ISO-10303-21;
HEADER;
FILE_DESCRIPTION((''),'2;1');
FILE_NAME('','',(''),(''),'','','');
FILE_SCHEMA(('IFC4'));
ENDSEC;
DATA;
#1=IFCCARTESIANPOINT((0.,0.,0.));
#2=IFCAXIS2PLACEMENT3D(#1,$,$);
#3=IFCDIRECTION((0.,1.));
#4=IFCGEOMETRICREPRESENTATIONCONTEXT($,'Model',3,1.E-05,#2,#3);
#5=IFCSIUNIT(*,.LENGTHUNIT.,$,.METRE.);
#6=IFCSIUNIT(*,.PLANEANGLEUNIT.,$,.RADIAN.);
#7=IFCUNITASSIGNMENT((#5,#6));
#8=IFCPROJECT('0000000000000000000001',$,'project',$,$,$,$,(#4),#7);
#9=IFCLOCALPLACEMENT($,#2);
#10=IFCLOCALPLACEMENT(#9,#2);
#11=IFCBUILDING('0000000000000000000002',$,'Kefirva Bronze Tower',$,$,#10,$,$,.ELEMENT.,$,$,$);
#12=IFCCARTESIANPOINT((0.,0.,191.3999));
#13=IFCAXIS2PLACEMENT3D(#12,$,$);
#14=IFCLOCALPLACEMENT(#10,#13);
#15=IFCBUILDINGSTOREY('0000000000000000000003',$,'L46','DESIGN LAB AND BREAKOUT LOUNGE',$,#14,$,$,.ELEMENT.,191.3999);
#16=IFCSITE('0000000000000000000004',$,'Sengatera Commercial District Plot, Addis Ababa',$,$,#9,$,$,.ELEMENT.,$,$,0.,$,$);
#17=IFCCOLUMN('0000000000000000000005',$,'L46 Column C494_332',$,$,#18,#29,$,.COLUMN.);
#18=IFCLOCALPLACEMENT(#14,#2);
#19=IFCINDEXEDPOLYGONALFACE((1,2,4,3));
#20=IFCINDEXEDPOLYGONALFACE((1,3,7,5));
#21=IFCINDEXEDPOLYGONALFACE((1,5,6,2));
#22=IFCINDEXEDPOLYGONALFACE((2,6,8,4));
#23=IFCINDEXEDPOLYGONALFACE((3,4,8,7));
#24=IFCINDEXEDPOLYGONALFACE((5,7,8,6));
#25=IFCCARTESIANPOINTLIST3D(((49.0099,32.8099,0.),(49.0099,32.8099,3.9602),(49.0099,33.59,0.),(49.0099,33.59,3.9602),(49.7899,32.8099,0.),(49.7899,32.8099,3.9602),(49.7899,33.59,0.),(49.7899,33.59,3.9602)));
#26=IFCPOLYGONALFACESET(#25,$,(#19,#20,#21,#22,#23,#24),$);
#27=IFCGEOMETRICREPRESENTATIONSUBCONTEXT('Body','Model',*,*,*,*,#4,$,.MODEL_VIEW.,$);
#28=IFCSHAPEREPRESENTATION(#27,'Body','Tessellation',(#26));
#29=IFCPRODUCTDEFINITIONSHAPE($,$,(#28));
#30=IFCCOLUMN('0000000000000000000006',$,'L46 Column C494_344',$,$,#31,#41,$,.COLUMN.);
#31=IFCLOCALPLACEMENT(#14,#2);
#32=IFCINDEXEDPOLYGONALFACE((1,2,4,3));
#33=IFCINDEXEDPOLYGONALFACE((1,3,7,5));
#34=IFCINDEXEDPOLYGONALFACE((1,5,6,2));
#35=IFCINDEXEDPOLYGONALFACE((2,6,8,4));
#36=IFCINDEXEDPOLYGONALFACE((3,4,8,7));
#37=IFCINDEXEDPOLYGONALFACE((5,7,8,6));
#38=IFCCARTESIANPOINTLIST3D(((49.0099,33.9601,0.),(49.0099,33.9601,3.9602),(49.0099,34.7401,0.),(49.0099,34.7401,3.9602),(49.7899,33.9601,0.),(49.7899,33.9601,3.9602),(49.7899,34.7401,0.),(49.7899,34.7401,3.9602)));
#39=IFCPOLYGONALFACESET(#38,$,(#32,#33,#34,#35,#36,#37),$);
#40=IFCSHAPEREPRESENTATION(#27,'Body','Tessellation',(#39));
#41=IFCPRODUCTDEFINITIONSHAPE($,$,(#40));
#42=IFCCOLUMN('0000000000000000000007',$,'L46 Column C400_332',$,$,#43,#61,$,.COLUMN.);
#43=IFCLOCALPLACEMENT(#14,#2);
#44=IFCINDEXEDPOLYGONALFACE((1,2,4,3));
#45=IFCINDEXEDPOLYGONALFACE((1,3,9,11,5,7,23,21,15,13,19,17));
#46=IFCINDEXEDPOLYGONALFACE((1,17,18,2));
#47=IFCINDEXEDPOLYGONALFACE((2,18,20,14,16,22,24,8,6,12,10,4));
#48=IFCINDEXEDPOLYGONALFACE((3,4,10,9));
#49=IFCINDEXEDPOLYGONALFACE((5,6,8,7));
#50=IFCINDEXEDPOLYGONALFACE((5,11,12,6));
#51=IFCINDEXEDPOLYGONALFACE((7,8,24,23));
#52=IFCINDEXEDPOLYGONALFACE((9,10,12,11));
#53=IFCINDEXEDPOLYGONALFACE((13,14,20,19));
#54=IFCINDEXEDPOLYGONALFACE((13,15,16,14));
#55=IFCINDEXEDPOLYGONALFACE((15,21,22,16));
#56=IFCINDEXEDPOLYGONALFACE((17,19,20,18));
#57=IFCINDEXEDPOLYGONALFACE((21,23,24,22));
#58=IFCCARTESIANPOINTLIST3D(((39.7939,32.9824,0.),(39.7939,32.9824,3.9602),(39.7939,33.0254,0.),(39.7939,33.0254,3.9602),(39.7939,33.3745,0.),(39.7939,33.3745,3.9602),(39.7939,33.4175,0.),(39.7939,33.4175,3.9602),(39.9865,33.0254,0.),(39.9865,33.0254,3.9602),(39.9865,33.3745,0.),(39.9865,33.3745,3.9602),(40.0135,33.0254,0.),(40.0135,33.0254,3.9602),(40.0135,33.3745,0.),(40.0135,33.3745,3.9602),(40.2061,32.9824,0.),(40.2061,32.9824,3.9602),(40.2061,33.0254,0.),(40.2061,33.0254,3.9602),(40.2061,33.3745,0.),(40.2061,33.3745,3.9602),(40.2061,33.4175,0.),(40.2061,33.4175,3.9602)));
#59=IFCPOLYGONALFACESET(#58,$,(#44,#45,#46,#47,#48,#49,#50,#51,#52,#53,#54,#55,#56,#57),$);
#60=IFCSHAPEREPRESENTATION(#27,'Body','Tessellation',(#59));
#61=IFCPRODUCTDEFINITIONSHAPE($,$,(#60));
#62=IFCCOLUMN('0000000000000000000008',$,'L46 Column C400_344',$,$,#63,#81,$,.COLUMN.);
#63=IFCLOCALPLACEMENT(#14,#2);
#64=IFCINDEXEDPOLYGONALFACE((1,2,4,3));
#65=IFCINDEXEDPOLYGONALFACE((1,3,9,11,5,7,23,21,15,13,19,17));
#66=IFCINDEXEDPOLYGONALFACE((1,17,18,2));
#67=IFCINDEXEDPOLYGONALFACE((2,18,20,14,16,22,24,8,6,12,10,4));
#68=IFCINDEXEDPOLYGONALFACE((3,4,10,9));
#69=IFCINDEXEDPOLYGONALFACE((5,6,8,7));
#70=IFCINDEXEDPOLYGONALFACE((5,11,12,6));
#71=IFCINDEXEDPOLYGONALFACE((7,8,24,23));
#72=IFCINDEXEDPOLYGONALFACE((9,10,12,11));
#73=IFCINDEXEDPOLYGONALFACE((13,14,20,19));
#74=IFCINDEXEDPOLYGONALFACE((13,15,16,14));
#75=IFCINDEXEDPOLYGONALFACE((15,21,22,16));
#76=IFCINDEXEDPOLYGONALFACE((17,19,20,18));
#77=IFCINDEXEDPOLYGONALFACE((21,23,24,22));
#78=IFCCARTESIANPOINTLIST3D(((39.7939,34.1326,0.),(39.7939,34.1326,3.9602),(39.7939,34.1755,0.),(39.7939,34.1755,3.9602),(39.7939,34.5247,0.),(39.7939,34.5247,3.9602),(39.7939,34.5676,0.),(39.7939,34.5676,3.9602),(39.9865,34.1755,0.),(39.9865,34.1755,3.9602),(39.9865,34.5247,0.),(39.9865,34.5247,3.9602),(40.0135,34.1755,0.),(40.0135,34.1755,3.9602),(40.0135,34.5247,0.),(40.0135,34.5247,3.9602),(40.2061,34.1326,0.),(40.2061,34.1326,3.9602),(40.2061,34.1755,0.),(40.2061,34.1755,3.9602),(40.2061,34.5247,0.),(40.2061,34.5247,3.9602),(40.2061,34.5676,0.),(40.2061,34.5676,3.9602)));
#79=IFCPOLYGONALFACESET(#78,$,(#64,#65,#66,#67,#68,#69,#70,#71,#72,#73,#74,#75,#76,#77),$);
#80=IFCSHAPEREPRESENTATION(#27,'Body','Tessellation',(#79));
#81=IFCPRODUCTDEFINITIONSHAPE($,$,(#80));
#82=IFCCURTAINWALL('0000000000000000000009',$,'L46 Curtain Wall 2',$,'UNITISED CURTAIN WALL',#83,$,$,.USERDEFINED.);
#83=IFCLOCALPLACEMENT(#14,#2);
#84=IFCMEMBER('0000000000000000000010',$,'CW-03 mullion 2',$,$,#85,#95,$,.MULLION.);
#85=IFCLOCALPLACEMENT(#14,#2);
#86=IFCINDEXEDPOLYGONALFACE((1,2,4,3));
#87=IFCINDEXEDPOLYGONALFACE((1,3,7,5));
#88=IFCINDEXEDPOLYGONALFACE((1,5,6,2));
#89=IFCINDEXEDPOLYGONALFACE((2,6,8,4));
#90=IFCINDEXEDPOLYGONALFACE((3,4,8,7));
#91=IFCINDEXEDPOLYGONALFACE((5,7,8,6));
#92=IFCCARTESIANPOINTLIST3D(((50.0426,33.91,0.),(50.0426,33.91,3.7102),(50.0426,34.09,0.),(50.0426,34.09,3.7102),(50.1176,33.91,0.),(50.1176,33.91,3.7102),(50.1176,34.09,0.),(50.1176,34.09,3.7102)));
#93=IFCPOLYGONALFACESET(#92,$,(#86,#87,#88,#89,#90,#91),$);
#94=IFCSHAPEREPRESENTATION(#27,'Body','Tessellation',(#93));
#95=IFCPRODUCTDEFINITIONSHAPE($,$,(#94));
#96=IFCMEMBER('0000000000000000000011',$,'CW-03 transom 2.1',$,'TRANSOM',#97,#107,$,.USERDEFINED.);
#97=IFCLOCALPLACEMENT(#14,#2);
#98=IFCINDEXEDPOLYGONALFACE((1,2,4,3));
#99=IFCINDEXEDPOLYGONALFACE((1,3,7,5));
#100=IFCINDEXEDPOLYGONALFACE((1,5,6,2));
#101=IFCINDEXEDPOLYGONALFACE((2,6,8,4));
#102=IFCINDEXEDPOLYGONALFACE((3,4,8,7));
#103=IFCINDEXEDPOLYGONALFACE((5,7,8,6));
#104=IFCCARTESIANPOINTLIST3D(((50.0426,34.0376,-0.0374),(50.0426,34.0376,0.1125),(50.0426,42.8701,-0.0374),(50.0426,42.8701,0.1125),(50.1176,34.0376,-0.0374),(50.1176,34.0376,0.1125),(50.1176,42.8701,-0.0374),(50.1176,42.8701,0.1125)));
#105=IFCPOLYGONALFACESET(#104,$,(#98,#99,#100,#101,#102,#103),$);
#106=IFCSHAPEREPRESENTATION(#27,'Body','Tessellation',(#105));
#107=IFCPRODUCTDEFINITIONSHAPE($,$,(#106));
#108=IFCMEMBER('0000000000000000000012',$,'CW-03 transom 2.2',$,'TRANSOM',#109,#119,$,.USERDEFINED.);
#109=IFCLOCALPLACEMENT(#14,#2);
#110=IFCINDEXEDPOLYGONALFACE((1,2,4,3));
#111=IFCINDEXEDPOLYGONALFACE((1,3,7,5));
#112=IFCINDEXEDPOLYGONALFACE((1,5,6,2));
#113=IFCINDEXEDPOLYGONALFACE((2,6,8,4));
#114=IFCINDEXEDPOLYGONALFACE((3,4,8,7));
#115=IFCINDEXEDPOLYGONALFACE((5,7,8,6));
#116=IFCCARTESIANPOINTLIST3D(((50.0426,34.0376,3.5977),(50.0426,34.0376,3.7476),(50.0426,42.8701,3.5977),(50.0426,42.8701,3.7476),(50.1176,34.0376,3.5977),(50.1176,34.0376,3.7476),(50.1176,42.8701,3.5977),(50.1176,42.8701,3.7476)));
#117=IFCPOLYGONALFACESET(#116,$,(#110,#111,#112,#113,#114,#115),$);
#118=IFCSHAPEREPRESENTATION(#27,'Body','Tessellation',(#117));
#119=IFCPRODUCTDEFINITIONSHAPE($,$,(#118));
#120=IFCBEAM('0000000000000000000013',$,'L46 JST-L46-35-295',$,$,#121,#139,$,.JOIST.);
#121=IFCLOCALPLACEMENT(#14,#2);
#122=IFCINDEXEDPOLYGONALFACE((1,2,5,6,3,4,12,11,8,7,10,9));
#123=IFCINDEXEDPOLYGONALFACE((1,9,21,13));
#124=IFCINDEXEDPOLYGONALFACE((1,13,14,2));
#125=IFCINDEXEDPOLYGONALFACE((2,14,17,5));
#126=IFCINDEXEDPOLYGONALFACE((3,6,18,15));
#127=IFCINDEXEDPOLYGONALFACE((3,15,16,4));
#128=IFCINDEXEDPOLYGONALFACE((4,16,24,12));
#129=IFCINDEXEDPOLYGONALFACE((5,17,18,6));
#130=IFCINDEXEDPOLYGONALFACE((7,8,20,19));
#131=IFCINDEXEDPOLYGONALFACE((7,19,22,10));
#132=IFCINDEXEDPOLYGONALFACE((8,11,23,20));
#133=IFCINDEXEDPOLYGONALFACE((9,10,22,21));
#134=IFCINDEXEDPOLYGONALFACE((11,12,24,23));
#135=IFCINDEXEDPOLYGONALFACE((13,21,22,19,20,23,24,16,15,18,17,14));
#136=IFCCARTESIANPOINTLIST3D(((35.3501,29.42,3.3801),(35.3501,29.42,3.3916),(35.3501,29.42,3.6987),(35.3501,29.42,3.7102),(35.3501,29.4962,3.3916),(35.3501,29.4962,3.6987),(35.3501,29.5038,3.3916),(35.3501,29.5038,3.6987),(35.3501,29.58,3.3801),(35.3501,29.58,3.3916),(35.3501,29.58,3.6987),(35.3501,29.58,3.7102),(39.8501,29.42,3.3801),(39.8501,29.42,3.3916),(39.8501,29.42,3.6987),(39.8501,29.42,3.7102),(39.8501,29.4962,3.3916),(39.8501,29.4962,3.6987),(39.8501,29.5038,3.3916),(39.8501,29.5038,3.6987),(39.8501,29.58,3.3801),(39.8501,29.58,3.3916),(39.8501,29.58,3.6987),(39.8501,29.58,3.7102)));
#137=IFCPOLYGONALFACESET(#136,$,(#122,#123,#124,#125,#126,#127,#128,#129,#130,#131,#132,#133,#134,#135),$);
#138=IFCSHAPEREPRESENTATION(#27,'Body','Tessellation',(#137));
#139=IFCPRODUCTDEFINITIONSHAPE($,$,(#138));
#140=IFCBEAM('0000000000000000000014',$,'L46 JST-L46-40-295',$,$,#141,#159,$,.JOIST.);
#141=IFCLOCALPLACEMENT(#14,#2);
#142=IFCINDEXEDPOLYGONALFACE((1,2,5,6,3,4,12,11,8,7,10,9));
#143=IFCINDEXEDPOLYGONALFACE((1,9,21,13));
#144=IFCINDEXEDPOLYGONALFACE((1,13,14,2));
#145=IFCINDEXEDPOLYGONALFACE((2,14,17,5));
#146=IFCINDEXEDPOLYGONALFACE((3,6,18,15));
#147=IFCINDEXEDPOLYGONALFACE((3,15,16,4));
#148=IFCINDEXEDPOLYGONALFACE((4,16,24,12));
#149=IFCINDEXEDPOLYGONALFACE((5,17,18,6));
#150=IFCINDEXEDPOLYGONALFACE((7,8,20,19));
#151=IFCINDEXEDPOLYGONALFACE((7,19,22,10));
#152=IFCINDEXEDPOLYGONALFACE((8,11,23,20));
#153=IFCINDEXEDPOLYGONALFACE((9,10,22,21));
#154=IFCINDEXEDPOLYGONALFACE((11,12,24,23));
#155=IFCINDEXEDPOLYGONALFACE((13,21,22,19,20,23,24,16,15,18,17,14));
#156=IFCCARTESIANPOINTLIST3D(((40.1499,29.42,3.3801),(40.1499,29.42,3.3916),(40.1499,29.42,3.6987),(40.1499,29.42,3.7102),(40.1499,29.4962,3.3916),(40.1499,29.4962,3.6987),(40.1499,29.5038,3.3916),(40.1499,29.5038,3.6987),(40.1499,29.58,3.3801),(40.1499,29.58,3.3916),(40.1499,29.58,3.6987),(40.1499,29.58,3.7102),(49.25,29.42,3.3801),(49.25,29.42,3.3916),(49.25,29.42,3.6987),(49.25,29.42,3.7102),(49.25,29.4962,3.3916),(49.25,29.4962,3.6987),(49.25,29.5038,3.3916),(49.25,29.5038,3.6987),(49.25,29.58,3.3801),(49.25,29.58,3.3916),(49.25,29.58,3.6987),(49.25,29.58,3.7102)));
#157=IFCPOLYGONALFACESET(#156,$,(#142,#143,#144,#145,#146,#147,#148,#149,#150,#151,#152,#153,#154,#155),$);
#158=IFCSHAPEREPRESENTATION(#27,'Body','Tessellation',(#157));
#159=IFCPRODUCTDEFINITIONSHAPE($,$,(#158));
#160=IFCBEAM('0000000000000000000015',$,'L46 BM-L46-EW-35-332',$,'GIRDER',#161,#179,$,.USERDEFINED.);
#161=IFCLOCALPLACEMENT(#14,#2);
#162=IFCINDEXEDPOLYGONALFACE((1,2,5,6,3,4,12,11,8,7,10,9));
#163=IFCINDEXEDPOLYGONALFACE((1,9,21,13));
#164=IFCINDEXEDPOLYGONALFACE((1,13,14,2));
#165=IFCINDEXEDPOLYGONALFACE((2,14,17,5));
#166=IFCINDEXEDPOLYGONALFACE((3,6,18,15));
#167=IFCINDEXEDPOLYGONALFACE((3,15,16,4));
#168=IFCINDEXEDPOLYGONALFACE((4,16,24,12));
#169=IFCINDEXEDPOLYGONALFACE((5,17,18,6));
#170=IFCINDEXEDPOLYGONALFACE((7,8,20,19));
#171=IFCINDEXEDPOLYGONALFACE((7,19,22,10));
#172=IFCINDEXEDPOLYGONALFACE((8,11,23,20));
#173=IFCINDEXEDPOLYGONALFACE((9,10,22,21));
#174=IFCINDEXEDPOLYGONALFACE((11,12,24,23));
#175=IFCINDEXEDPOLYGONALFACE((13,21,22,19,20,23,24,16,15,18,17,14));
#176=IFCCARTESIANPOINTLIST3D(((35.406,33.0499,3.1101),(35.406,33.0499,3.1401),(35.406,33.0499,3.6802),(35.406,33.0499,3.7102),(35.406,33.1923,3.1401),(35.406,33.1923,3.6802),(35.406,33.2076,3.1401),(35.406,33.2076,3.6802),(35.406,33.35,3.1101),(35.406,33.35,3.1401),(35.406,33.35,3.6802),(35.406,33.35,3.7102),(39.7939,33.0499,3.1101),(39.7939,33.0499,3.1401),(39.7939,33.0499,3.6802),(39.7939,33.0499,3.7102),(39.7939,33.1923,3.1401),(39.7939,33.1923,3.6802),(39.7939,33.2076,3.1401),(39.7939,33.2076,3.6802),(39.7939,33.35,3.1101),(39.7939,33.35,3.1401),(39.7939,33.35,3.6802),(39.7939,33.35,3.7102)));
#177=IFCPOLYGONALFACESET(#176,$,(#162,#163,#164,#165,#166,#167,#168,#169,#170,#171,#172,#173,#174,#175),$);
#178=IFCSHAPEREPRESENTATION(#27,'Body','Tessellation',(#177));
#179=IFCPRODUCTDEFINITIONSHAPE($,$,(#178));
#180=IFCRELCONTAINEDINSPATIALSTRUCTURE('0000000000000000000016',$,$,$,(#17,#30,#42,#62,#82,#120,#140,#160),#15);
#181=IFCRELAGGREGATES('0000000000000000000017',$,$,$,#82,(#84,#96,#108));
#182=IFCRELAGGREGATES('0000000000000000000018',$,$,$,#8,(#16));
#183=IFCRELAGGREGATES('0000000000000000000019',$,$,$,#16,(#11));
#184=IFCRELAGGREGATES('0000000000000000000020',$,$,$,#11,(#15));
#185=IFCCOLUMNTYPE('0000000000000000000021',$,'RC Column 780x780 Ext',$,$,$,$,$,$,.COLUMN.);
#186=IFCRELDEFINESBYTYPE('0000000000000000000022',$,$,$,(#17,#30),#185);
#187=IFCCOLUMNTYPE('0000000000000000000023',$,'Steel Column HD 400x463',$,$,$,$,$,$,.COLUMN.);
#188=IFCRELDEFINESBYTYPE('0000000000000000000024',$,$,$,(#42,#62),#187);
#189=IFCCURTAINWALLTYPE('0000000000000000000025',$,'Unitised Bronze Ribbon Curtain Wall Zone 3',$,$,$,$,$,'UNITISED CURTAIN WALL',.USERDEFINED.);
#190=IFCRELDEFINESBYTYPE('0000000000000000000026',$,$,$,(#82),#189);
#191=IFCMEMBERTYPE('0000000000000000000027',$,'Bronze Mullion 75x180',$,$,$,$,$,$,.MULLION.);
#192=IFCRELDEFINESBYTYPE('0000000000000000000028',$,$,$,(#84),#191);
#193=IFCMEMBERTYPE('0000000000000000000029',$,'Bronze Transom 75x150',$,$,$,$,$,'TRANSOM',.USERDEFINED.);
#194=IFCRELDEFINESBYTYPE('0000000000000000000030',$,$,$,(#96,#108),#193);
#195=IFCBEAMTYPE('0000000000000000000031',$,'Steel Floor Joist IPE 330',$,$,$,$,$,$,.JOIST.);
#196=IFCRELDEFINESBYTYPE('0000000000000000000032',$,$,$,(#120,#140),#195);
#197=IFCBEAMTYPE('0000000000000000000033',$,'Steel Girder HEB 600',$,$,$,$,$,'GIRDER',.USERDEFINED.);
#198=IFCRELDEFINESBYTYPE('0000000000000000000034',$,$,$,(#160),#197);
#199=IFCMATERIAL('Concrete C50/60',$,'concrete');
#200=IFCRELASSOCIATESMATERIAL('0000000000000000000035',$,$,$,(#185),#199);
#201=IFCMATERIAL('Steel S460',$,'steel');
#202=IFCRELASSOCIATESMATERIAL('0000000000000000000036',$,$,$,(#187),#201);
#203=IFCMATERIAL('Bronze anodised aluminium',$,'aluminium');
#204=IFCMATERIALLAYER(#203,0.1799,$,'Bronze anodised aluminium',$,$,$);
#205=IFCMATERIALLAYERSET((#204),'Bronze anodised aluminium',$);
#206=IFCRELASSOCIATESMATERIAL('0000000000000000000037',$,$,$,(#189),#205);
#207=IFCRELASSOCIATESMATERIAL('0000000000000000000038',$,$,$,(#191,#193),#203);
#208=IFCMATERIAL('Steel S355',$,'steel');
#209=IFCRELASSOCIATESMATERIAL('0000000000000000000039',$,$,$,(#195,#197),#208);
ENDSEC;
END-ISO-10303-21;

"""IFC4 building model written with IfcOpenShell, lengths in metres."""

from ifc_helpers import new_model, si_unit, direction, frame, origin, origin_2d, place, context, subcontext, project, spatial, rectangle, i_section, extrude, material, layer, layer_set, material_profile, profile_set, type_object, element, aggregate, save


model = new_model("IFC4")

# Units and contexts
model_context = context("Model", 3, precision=1e-05, world=origin(), true_north=direction((0.0, 1.0)))
body_context = subcontext(model_context, "Body", "Model", "MODEL_VIEW")
ifc_project = project(units=[si_unit("LENGTHUNIT", "METRE"), si_unit("PLANEANGLEUNIT", "RADIAN")], contexts=[model_context])

# Site, building, storey
site_placement = place(None, origin())
site = spatial("IfcSite", under=ifc_project, at=site_placement, Name="Sengatera Commercial District Plot, Addis Ababa", CompositionType="ELEMENT", RefElevation=0.0)
building_placement = place(site_placement, origin())
building = spatial("IfcBuilding", under=site, at=building_placement, Name="Kefirva Bronze Tower", CompositionType="ELEMENT")
storey_placement = place(building_placement, frame((0.0, 0.0, 191.3999)))
storey = spatial("IfcBuildingStorey", under=building, at=storey_placement, Name="L46", Description="DESIGN LAB AND BREAKOUT LOUNGE", CompositionType="ELEMENT", Elevation=191.3999)

# Columns
ifc_material_1 = material(Name="Concrete C50/60", Category="concrete")
ifc_material_profile_1 = material_profile(ifc_material_1, rectangle(XDim=0.78, YDim=0.78, at=origin_2d()), Name="RC 780x780")
ifc_profile_set_1 = profile_set([ifc_material_profile_1], Name="Concrete C50/60")
column_type_1 = type_object("IfcColumnType", Name="RC Column 780x780 Ext", PredefinedType="COLUMN", material=ifc_profile_set_1)
for number, where, z_axis, x_axis, name in (
    (1, (49.3999, 33.2, 0.0), (0.0, 0.0, 1.0), (1.0, 0.0, 0.0), "L46 Column C494_332"),
    (2, (49.3999, 34.3501, 0.0), (0.0, 0.0, 1.0), (1.0, 0.0, 0.0), "L46 Column C494_344"),
):
    element("IfcColumn", number, at=place(storey_placement, frame(where, z_axis=z_axis, x_axis=x_axis)), inside=storey, type_object=column_type_1, Name=name, PredefinedType="COLUMN", context=body_context, shape_type="SweptSolid", body=[
        extrude(rectangle(XDim=0.78, YDim=0.78, at=origin_2d()), origin(), (0.0, 0.0, 1.0), 3.9602),
    ])
ifc_material_2 = material(Name="Steel S460", Category="steel")
ifc_material_profile_2 = material_profile(ifc_material_2, i_section(OverallWidth=0.4121, OverallDepth=0.4351, WebThickness=0.0271, FlangeThickness=0.043, at=origin_2d()), Name="HD 400x463")
ifc_profile_set_2 = profile_set([ifc_material_profile_2], Name="Steel S460")
column_type_2 = type_object("IfcColumnType", Name="Steel Column HD 400x463", PredefinedType="COLUMN", material=ifc_profile_set_2)
for number, where, z_axis, x_axis, name in (
    (3, (40.0, 33.2, 0.0), (0.0, 0.0, 1.0), (1.0, 0.0, 0.0), "L46 Column C400_332"),
    (4, (40.0, 34.3501, 0.0), (0.0, 0.0, 1.0), (1.0, 0.0, 0.0), "L46 Column C400_344"),
):
    element("IfcColumn", number, at=place(storey_placement, frame(where, z_axis=z_axis, x_axis=x_axis)), inside=storey, type_object=column_type_2, Name=name, PredefinedType="COLUMN", context=body_context, shape_type="SweptSolid", body=[
        extrude(i_section(OverallWidth=0.4121, OverallDepth=0.4351, WebThickness=0.0271, FlangeThickness=0.043, at=origin_2d()), origin(), (0.0, 0.0, 1.0), 3.9602),
    ])

# Curtain wall, members
ifc_material_3 = material(Name="Bronze anodised aluminium", Category="aluminium")
ifc_layer_1 = layer(ifc_material_3, 0.1799, Name="Bronze anodised aluminium")
ifc_layer_set_1 = layer_set([ifc_layer_1], Name="Bronze anodised aluminium")
curtain_wall_type = type_object("IfcCurtainWallType", Name="Unitised Bronze Ribbon Curtain Wall Zone 3", ElementType="UNITISED CURTAIN WALL", PredefinedType="USERDEFINED", material=ifc_layer_set_1)
curtain_wall_placement = place(storey_placement, origin())
curtain_wall = element("IfcCurtainWall", 5, at=curtain_wall_placement, inside=storey, type_object=curtain_wall_type, Name="L46 Curtain Wall 2", ObjectType="UNITISED CURTAIN WALL", PredefinedType="USERDEFINED")
ifc_material_profile_3 = material_profile(ifc_material_3, rectangle(XDim=0.075, YDim=0.1799, at=origin_2d()), Name="ALU 75x180")
ifc_profile_set_3 = profile_set([ifc_material_profile_3], Name="Bronze anodised aluminium")
member_type_1 = type_object("IfcMemberType", Name="Bronze Mullion 75x180", PredefinedType="MULLION", material=ifc_profile_set_3)
member_1_placement = place(storey_placement, frame((50.0801, 34.0, 0.0), z_axis=(0.0, 0.0, 1.0), x_axis=(-1.0, 0.0, 0.0)))
member_1 = element("IfcMember", 6, at=member_1_placement, type_object=member_type_1, Name="CW-03 mullion 2", PredefinedType="MULLION", context=body_context, shape_type="SweptSolid", body=[
    extrude(rectangle(XDim=0.075, YDim=0.1799, at=origin_2d()), origin(), (0.0, 0.0, 1.0), 3.7102),
])
ifc_material_profile_4 = material_profile(ifc_material_3, rectangle(XDim=0.075, YDim=0.1499, at=origin_2d()), Name="ALU 75x150")
ifc_profile_set_4 = profile_set([ifc_material_profile_4], Name="Bronze anodised aluminium")
member_type_2 = type_object("IfcMemberType", Name="Bronze Transom 75x150", ElementType="TRANSOM", PredefinedType="USERDEFINED", material=ifc_profile_set_4)
member_2_placement = place(storey_placement, frame((50.0801, 34.0376, 0.0376), z_axis=(0.0, 1.0, 0.0), x_axis=(-1.0, 0.0, 0.0)))
member_2 = element("IfcMember", 7, at=member_2_placement, type_object=member_type_2, Name="CW-03 transom 2.1", ObjectType="TRANSOM", PredefinedType="USERDEFINED", context=body_context, shape_type="SweptSolid", body=[
    extrude(rectangle(XDim=0.075, YDim=0.1499, at=origin_2d()), origin(), (0.0, 0.0, 1.0), 8.8325),
])
member_3_placement = place(storey_placement, frame((50.0801, 34.0376, 3.6726), z_axis=(0.0, 1.0, 0.0), x_axis=(-1.0, 0.0, 0.0)))
member_3 = element("IfcMember", 8, at=member_3_placement, type_object=member_type_2, Name="CW-03 transom 2.2", ObjectType="TRANSOM", PredefinedType="USERDEFINED", context=body_context, shape_type="SweptSolid", body=[
    extrude(rectangle(XDim=0.075, YDim=0.1499, at=origin_2d()), origin(), (0.0, 0.0, 1.0), 8.8325),
])

# Beams
ifc_material_4 = material(Name="Steel S355", Category="steel")
ifc_material_profile_5 = material_profile(ifc_material_4, i_section(OverallWidth=0.1599, OverallDepth=0.3301, WebThickness=0.0076, FlangeThickness=0.0115, at=origin_2d()), Name="IPE 330")
ifc_profile_set_5 = profile_set([ifc_material_profile_5], Name="Steel S355")
beam_type_1 = type_object("IfcBeamType", Name="Steel Floor Joist IPE 330", PredefinedType="JOIST", material=ifc_profile_set_5)
beam_1_placement = place(storey_placement, frame((35.3501, 29.5, 3.5452), z_axis=(1.0, 0.0, 0.0), x_axis=(0.0, 1.0, 0.0)))
element("IfcBeam", 9, at=beam_1_placement, inside=storey, type_object=beam_type_1, Name="L46 JST-L46-35-295", PredefinedType="JOIST", context=body_context, shape_type="SweptSolid", body=[
    extrude(i_section(OverallWidth=0.1599, OverallDepth=0.3301, WebThickness=0.0076, FlangeThickness=0.0115, at=origin_2d()), origin(), (0.0, 0.0, 1.0), 4.5),
])
beam_2_placement = place(storey_placement, frame((40.1499, 29.5, 3.5452), z_axis=(1.0, 0.0, 0.0), x_axis=(0.0, 1.0, 0.0)))
element("IfcBeam", 10, at=beam_2_placement, inside=storey, type_object=beam_type_1, Name="L46 JST-L46-40-295", PredefinedType="JOIST", context=body_context, shape_type="SweptSolid", body=[
    extrude(i_section(OverallWidth=0.1599, OverallDepth=0.3301, WebThickness=0.0076, FlangeThickness=0.0115, at=origin_2d()), origin(), (0.0, 0.0, 1.0), 9.1001),
])
ifc_material_profile_6 = material_profile(ifc_material_4, i_section(OverallWidth=0.3, OverallDepth=0.6001, WebThickness=0.0154, FlangeThickness=0.03, at=origin_2d()), Name="HEB 600")
ifc_profile_set_6 = profile_set([ifc_material_profile_6], Name="Steel S355")
beam_type_2 = type_object("IfcBeamType", Name="Steel Girder HEB 600", ElementType="GIRDER", PredefinedType="USERDEFINED", material=ifc_profile_set_6)
beam_3_placement = place(storey_placement, frame((35.406, 33.2, 3.4102), z_axis=(1.0, 0.0, 0.0), x_axis=(0.0, 1.0, 0.0)))
element("IfcBeam", 11, at=beam_3_placement, inside=storey, type_object=beam_type_2, Name="L46 BM-L46-EW-35-332", ObjectType="GIRDER", PredefinedType="USERDEFINED", context=body_context, shape_type="SweptSolid", body=[
    extrude(i_section(OverallWidth=0.3, OverallDepth=0.6001, WebThickness=0.0154, FlangeThickness=0.03, at=origin_2d()), origin(), (0.0, 0.0, 1.0), 4.3879),
])

aggregate(curtain_wall, [member_1, member_2, member_3])

save(model, "model.ifc")
